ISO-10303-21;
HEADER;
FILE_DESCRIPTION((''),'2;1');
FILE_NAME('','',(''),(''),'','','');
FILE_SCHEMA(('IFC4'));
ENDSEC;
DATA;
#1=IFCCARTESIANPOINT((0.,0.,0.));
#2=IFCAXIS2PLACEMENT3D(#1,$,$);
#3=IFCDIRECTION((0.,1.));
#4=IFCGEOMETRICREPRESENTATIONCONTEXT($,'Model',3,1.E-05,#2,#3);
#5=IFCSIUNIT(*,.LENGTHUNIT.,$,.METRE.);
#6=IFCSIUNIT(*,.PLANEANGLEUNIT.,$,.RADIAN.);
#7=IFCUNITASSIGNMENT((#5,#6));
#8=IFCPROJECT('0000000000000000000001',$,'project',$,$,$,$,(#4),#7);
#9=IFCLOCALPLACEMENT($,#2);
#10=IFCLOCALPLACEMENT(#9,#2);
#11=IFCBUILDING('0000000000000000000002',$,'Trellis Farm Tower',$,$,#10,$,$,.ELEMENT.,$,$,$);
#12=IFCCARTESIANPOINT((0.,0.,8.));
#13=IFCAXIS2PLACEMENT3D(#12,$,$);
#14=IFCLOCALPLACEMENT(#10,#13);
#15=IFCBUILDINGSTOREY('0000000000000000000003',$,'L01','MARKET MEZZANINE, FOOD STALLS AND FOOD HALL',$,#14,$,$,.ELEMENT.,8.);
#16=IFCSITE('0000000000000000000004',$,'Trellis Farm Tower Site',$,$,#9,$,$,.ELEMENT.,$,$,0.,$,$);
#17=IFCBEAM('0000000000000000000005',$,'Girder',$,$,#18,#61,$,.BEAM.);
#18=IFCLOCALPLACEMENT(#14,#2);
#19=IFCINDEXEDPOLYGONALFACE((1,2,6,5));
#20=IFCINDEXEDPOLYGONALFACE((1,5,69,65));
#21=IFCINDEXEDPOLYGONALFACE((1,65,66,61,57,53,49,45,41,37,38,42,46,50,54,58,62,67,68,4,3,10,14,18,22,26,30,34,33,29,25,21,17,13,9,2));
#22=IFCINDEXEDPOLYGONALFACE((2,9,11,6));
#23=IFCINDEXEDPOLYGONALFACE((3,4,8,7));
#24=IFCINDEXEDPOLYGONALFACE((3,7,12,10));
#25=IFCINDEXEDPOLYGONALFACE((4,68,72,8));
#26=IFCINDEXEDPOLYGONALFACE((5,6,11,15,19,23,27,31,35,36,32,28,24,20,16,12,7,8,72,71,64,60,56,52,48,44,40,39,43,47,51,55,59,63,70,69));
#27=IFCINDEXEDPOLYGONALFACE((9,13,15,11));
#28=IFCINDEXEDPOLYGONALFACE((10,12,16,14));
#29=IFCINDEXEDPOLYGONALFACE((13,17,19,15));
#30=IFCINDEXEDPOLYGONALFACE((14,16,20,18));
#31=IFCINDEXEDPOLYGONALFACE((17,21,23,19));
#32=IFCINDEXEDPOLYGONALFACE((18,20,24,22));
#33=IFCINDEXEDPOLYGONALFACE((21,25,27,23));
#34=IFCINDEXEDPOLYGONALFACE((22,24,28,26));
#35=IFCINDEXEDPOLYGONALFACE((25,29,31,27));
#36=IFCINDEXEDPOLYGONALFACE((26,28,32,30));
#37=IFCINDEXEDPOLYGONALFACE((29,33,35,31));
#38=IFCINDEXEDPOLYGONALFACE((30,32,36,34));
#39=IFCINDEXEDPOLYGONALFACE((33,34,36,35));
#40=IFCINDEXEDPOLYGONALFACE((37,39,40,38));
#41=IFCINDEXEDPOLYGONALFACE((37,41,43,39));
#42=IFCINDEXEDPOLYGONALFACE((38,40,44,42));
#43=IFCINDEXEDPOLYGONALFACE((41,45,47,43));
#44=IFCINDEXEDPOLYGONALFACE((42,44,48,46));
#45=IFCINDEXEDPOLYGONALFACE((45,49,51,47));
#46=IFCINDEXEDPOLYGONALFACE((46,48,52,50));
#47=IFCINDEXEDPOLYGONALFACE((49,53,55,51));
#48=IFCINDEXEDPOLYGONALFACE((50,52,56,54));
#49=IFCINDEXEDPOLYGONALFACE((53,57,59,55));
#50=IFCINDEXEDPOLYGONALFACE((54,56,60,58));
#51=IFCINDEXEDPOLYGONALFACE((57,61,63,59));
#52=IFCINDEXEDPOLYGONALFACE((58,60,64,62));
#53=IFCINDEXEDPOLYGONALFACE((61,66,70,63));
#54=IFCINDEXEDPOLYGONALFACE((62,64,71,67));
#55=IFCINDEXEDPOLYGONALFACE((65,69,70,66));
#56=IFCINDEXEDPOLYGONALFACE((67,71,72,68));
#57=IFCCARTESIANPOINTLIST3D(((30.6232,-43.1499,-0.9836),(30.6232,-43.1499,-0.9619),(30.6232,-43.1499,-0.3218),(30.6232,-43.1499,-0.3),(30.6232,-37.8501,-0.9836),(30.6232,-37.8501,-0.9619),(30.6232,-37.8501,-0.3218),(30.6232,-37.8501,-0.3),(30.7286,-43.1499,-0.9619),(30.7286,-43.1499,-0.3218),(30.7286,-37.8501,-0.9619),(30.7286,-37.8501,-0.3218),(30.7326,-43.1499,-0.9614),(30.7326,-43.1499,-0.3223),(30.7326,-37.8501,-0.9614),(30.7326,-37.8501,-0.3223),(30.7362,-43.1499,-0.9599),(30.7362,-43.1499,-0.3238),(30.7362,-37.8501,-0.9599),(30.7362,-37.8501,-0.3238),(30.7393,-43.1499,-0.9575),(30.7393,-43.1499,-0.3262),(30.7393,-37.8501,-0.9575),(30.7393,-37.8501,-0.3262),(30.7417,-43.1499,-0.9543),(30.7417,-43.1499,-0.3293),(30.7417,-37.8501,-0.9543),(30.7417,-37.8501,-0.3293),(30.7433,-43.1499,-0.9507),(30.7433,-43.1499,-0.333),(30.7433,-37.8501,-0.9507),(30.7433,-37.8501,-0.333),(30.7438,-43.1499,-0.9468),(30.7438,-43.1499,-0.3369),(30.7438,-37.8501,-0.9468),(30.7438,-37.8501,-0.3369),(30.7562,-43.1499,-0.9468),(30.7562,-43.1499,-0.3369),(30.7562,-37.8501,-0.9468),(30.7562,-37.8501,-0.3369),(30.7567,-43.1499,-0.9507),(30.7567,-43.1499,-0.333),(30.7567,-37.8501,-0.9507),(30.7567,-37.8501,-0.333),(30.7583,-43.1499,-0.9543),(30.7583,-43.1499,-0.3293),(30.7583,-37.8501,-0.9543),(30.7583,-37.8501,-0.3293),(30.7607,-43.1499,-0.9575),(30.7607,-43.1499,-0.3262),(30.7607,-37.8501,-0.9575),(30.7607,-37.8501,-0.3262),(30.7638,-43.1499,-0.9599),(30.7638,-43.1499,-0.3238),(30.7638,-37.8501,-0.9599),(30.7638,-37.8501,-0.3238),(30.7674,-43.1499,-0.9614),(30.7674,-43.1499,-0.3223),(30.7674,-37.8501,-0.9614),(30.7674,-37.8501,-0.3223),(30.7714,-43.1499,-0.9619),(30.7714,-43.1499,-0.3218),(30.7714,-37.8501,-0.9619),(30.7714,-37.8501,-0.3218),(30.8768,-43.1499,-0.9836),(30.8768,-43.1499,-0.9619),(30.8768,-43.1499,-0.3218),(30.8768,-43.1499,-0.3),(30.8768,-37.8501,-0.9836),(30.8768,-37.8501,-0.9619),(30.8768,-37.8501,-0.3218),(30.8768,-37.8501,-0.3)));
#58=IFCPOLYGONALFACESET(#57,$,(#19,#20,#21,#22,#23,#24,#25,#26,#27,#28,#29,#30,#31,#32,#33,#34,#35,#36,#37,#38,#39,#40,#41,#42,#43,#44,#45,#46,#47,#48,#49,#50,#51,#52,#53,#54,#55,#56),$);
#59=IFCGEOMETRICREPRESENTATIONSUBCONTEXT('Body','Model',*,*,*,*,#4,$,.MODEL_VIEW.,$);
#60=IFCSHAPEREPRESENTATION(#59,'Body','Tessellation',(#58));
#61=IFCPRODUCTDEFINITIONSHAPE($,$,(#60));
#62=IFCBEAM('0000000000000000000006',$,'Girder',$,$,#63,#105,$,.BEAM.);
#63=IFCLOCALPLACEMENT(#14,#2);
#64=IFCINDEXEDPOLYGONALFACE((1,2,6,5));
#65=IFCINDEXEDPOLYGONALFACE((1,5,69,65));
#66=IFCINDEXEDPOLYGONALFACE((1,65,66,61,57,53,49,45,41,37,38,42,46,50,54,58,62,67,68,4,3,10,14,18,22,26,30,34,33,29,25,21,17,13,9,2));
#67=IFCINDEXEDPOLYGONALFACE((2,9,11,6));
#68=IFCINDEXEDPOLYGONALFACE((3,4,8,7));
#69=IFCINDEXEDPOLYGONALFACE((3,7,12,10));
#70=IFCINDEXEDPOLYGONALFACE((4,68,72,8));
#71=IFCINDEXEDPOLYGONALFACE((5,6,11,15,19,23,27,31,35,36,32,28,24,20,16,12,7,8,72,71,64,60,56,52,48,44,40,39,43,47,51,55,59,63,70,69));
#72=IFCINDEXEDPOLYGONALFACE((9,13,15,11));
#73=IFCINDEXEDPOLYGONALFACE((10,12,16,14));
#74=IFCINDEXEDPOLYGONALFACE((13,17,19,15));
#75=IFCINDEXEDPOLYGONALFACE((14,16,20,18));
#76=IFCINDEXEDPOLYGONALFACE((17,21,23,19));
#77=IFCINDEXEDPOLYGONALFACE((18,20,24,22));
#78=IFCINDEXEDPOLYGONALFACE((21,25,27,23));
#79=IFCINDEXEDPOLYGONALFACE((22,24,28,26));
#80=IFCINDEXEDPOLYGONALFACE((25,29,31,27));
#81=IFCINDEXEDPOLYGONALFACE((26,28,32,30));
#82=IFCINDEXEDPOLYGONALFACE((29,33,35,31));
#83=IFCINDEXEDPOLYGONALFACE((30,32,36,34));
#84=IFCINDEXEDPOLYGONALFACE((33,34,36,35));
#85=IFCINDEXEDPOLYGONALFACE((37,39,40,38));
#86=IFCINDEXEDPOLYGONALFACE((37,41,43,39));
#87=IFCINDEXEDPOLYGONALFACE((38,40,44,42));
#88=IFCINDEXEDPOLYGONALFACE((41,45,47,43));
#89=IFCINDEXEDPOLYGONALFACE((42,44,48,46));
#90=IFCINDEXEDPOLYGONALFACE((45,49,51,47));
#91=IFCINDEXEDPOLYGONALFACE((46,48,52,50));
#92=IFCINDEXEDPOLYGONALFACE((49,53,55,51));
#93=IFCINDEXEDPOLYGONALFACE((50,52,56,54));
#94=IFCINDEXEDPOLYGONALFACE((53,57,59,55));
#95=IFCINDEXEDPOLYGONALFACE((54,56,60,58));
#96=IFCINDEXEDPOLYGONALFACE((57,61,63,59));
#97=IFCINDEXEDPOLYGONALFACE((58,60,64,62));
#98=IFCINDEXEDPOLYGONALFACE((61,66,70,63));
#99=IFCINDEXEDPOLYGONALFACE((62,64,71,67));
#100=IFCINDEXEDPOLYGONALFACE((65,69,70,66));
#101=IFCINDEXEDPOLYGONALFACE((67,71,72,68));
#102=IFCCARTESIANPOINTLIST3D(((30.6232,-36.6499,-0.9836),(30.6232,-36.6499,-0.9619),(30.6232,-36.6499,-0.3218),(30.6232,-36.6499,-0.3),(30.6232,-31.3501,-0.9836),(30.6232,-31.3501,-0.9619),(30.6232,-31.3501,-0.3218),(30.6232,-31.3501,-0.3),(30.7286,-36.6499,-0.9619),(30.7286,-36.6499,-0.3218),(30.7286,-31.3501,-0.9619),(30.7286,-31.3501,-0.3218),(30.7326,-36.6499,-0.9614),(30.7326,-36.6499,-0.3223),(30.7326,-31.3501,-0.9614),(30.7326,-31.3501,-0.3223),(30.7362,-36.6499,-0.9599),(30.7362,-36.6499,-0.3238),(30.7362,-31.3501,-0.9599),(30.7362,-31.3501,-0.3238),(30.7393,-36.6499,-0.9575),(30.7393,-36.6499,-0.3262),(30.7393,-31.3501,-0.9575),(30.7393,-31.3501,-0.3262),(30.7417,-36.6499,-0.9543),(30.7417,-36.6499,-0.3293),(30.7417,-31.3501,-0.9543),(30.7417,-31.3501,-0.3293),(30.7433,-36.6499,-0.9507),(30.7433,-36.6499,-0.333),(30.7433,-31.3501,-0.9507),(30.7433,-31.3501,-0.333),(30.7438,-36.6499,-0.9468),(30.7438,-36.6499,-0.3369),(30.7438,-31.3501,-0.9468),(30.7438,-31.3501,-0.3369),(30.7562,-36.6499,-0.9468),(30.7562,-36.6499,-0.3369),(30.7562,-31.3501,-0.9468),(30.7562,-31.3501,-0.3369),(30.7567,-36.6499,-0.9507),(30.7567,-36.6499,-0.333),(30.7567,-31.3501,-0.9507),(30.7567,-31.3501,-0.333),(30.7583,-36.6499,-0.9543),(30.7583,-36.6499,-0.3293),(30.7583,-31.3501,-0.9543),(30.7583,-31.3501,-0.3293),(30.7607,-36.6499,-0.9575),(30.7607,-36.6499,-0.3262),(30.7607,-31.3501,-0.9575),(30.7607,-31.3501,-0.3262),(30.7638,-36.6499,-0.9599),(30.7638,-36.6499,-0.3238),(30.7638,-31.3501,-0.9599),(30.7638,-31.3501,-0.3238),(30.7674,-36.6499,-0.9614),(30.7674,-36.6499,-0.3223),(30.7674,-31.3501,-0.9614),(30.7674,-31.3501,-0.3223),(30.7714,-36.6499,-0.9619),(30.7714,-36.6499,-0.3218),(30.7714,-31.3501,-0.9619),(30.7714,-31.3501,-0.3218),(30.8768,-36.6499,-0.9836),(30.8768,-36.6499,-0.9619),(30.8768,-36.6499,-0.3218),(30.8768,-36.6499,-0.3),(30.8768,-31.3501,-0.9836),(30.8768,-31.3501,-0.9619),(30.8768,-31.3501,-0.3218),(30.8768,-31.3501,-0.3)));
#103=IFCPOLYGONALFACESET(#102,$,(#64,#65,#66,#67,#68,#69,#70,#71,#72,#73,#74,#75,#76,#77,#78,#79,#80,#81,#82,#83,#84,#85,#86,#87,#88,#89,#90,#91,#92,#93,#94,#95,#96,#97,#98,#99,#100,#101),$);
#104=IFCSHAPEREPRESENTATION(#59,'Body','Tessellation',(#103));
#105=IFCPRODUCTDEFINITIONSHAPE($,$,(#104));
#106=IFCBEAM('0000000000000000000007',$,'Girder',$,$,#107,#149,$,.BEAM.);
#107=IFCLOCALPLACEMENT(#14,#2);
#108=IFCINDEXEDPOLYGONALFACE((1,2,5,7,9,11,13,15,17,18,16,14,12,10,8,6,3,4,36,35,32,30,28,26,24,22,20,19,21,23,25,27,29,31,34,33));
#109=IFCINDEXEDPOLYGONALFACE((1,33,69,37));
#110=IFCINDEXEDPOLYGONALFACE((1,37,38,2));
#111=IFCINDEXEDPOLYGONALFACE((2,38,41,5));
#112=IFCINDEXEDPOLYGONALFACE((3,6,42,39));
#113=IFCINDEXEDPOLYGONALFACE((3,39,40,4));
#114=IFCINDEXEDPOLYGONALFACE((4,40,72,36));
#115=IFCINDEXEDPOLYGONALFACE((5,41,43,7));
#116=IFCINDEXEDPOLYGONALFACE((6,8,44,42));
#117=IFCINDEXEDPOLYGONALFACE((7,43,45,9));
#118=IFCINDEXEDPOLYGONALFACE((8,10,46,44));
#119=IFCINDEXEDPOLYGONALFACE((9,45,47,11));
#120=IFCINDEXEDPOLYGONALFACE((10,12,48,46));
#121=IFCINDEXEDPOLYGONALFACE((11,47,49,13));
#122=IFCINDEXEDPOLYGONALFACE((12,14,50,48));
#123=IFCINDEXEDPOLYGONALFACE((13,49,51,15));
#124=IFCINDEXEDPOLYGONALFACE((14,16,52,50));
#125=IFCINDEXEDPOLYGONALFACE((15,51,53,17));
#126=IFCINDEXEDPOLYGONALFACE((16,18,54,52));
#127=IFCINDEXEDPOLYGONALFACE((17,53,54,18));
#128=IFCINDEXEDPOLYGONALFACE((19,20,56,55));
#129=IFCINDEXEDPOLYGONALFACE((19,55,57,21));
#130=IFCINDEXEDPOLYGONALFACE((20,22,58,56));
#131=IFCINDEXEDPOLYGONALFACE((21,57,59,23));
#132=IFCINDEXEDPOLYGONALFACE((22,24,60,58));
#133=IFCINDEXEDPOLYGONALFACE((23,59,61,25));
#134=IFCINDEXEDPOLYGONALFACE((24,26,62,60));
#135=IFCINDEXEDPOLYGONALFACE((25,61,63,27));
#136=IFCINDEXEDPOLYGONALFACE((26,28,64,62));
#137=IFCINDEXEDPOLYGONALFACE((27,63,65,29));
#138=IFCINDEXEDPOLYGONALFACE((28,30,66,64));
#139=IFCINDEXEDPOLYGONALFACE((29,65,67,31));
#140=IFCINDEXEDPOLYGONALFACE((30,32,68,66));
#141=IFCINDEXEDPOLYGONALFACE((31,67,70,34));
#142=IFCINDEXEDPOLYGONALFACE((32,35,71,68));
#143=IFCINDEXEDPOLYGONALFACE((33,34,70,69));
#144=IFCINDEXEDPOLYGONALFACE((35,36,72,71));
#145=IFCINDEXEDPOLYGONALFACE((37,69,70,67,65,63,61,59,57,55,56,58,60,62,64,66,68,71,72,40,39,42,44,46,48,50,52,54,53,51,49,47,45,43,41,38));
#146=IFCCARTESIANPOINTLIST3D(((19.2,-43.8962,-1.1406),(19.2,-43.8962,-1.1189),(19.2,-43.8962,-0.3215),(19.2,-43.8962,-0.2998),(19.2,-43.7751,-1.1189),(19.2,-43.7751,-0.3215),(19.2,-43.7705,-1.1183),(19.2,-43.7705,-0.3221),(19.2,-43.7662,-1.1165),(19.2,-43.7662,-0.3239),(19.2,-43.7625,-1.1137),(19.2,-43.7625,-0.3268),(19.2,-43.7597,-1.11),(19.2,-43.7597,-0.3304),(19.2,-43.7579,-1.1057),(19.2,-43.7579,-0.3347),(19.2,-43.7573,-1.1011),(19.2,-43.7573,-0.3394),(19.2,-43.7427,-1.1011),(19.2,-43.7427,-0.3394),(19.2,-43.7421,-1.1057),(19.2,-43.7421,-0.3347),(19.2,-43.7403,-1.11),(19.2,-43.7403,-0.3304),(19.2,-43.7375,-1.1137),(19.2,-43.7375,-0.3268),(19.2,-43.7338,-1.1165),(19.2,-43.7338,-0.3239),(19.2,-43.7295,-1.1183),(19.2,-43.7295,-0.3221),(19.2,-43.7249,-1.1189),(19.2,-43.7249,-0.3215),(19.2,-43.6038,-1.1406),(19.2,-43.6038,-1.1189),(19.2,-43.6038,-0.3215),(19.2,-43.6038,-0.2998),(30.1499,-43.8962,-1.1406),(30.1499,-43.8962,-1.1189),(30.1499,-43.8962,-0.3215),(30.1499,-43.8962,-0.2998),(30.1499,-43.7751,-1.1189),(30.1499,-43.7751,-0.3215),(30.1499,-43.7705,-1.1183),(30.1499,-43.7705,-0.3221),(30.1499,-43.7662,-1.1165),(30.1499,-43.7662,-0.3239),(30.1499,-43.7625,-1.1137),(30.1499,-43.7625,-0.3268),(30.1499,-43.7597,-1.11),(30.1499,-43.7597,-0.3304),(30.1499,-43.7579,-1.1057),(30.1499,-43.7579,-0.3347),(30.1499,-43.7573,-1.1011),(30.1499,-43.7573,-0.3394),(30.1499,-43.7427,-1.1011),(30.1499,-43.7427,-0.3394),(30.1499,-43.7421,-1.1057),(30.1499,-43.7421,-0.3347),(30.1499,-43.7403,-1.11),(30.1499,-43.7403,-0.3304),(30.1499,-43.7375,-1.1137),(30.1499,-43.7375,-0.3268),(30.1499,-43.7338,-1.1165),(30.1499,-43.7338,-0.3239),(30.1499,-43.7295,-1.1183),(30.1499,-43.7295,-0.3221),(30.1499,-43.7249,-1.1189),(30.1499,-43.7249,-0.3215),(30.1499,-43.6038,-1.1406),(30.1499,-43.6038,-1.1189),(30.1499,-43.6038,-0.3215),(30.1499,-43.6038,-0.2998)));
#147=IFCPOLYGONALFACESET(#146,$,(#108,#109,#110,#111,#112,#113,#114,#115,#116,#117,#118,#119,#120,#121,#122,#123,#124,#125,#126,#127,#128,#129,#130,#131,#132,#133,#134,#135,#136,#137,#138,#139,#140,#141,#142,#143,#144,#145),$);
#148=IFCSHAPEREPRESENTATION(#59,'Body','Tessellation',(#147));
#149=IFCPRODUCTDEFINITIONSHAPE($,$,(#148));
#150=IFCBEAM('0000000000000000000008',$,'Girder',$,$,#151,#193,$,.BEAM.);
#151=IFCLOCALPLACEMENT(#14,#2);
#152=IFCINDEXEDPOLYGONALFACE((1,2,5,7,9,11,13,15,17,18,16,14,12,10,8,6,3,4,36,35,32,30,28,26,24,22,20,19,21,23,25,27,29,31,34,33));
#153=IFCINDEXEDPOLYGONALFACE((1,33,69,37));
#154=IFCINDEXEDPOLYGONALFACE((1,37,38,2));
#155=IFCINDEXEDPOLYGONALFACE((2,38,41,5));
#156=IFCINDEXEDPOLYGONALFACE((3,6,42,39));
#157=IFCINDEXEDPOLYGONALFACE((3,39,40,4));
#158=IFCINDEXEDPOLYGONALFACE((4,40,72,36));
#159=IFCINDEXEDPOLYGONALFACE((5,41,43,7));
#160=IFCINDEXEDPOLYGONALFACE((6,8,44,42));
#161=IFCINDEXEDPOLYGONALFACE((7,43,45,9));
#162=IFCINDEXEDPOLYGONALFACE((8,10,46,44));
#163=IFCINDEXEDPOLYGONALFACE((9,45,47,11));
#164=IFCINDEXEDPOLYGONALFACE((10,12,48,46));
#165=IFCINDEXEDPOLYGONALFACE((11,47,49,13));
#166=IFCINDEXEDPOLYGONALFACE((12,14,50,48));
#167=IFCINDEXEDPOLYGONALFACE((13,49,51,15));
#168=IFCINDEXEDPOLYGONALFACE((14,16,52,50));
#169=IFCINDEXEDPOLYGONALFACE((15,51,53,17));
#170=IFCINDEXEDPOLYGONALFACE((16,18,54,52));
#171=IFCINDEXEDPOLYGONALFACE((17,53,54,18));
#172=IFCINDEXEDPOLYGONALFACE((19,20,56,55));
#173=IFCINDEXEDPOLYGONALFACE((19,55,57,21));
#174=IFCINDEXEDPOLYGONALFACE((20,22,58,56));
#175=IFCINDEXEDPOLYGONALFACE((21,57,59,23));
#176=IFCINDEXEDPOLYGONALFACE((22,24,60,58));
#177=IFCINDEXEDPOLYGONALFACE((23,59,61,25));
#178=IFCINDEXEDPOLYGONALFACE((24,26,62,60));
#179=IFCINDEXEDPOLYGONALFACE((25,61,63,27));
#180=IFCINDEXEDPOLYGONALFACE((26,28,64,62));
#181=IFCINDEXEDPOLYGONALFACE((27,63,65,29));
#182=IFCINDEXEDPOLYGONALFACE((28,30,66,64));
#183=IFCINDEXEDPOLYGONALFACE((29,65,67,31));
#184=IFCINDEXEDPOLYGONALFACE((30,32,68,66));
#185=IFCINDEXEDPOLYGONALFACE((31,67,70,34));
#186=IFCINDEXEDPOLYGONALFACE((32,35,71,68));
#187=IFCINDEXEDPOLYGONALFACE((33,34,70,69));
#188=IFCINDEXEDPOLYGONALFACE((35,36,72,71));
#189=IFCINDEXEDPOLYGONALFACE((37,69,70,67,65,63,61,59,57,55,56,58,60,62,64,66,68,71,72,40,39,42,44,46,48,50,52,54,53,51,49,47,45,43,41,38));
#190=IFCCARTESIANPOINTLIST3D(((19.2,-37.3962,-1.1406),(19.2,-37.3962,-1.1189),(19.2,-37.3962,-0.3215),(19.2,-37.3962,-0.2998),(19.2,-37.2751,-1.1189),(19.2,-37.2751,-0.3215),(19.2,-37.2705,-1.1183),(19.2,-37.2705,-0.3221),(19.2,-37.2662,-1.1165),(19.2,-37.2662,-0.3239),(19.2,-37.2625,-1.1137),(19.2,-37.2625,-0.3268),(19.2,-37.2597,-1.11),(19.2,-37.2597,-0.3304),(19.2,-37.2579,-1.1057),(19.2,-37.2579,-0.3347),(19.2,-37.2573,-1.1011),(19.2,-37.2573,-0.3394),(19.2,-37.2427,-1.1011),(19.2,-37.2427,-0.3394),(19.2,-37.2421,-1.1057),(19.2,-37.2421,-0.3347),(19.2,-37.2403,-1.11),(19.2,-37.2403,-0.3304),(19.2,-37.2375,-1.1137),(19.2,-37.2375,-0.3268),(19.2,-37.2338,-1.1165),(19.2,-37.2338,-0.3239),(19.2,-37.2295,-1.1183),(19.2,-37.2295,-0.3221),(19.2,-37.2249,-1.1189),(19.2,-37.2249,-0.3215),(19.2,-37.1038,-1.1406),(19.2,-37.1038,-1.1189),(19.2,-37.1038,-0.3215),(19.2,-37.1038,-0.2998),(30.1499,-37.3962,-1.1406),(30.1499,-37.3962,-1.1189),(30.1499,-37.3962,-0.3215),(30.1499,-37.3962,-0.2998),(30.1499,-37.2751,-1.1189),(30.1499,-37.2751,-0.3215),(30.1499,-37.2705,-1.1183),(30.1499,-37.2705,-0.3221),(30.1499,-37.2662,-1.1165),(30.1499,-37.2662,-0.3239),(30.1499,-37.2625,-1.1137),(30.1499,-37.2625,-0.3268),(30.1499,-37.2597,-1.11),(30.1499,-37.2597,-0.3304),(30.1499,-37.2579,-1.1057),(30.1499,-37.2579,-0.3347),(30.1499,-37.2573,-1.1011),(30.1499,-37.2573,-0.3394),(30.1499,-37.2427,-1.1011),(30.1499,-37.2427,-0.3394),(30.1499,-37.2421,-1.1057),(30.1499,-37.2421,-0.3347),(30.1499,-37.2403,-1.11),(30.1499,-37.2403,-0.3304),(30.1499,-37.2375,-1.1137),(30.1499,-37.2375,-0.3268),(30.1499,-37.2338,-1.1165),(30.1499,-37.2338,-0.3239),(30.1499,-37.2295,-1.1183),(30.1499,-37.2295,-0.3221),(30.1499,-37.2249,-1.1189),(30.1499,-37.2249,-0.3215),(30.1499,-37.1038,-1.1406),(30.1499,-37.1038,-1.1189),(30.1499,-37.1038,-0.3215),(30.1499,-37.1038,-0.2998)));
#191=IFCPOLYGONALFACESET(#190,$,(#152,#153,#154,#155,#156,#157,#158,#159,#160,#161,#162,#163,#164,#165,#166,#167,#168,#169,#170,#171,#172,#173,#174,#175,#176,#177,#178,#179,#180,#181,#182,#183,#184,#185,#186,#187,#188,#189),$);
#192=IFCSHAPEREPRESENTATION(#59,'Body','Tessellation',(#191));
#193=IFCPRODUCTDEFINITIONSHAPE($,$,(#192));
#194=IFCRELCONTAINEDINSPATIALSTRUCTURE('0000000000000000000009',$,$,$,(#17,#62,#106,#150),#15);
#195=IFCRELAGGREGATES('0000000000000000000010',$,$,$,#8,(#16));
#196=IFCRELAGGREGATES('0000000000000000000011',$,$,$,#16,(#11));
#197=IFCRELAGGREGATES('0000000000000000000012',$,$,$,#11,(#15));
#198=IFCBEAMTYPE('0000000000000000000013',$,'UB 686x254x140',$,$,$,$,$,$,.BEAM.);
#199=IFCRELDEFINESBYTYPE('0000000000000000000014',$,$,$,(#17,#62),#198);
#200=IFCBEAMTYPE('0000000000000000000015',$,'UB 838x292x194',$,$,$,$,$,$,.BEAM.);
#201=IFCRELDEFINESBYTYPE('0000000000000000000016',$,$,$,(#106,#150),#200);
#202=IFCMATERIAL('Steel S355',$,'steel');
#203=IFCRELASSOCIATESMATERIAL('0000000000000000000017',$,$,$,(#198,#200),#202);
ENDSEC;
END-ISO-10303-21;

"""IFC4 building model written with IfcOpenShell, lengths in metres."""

from ifc_helpers import new_model, si_unit, direction, frame, origin, origin_2d, place, context, subcontext, project, spatial, i_section, extrude, source, transform, mapped, material, material_profile, profile_set, type_object, element, save


model = new_model("IFC4")

# Units and contexts
model_context = context("Model", 3, precision=1e-05, world=origin(), true_north=direction((0.0, 1.0)))
body_context = subcontext(model_context, "Body", "Model", "MODEL_VIEW")
ifc_project = project(units=[si_unit("LENGTHUNIT", "METRE"), si_unit("PLANEANGLEUNIT", "RADIAN")], contexts=[model_context])

# Site, building, storey
site_placement = place(None, origin())
site = spatial("IfcSite", under=ifc_project, at=site_placement, Name="Trellis Farm Tower Site", CompositionType="ELEMENT", RefElevation=0.0)
building_placement = place(site_placement, origin())
building = spatial("IfcBuilding", under=site, at=building_placement, Name="Trellis Farm Tower", CompositionType="ELEMENT")
storey_placement = place(building_placement, frame((0.0, 0.0, 8.0)))
storey = spatial("IfcBuildingStorey", under=building, at=storey_placement, Name="L01", Description="MARKET MEZZANINE, FOOD STALLS AND FOOD HALL", CompositionType="ELEMENT", Elevation=8.0)

# Beams
ifc_material_1 = material(Name="Steel S355", Category="steel")
ifc_material_profile_1 = material_profile(ifc_material_1, i_section(OverallWidth=0.2537, OverallDepth=0.6836, WebThickness=0.0125, FlangeThickness=0.0217, FilletRadius=0.0151, at=origin_2d()), Name="UB 686x254x140")
ifc_profile_set_1 = profile_set([ifc_material_profile_1], Name="Steel S355")
beam_type_1 = type_object("IfcBeamType", Name="UB 686x254x140", PredefinedType="BEAM", material=ifc_profile_set_1)
shared_shape_1 = source(origin(), body_context, "Body", "SweptSolid", [
    extrude(i_section(OverallWidth=0.2537, OverallDepth=0.6836, WebThickness=0.0125, FlangeThickness=0.0217, FilletRadius=0.0151, at=origin_2d()), origin(), (0.0, 0.0, 1.0), 5.2998),
])
for number, where, z_axis, x_axis, name in (
    (1, (30.75, -43.1499, -0.6418), (0.0, 1.0, 0.0), (-1.0, 0.0, 0.0), "Girder"),
    (2, (30.75, -36.6499, -0.6418), (0.0, 1.0, 0.0), (-1.0, 0.0, 0.0), "Girder"),
):
    element("IfcBeam", number, at=place(storey_placement, frame(where, z_axis=z_axis, x_axis=x_axis)), inside=storey, type_object=beam_type_1, Name=name, PredefinedType="BEAM", context=body_context, shape_type="MappedRepresentation", body=[
        mapped(shared_shape_1, transform((0.0, 0.0, 0.0))),
    ])
ifc_material_profile_2 = material_profile(ifc_material_1, i_section(OverallWidth=0.2925, OverallDepth=0.8408, WebThickness=0.0146, FlangeThickness=0.0217, FilletRadius=0.0178, at=origin_2d()), Name="UB 838x292x194")
ifc_profile_set_2 = profile_set([ifc_material_profile_2], Name="Steel S355")
beam_type_2 = type_object("IfcBeamType", Name="UB 838x292x194", PredefinedType="BEAM", material=ifc_profile_set_2)
shared_shape_2 = source(origin(), body_context, "Body", "SweptSolid", [
    extrude(i_section(OverallWidth=0.2925, OverallDepth=0.8408, WebThickness=0.0146, FlangeThickness=0.0217, FilletRadius=0.0178, at=origin_2d()), origin(), (0.0, 0.0, 1.0), 10.95),
])
for number, where, z_axis, x_axis, name in (
    (3, (19.2, -43.75, -0.7202), (1.0, 0.0, 0.0), (0.0, 1.0, 0.0), "Girder"),
    (4, (19.2, -37.25, -0.7202), (1.0, 0.0, 0.0), (0.0, 1.0, 0.0), "Girder"),
):
    element("IfcBeam", number, at=place(storey_placement, frame(where, z_axis=z_axis, x_axis=x_axis)), inside=storey, type_object=beam_type_2, Name=name, PredefinedType="BEAM", context=body_context, shape_type="MappedRepresentation", body=[
        mapped(shared_shape_2, transform((0.0, 0.0, 0.0))),
    ])

save(model, "model.ifc")
